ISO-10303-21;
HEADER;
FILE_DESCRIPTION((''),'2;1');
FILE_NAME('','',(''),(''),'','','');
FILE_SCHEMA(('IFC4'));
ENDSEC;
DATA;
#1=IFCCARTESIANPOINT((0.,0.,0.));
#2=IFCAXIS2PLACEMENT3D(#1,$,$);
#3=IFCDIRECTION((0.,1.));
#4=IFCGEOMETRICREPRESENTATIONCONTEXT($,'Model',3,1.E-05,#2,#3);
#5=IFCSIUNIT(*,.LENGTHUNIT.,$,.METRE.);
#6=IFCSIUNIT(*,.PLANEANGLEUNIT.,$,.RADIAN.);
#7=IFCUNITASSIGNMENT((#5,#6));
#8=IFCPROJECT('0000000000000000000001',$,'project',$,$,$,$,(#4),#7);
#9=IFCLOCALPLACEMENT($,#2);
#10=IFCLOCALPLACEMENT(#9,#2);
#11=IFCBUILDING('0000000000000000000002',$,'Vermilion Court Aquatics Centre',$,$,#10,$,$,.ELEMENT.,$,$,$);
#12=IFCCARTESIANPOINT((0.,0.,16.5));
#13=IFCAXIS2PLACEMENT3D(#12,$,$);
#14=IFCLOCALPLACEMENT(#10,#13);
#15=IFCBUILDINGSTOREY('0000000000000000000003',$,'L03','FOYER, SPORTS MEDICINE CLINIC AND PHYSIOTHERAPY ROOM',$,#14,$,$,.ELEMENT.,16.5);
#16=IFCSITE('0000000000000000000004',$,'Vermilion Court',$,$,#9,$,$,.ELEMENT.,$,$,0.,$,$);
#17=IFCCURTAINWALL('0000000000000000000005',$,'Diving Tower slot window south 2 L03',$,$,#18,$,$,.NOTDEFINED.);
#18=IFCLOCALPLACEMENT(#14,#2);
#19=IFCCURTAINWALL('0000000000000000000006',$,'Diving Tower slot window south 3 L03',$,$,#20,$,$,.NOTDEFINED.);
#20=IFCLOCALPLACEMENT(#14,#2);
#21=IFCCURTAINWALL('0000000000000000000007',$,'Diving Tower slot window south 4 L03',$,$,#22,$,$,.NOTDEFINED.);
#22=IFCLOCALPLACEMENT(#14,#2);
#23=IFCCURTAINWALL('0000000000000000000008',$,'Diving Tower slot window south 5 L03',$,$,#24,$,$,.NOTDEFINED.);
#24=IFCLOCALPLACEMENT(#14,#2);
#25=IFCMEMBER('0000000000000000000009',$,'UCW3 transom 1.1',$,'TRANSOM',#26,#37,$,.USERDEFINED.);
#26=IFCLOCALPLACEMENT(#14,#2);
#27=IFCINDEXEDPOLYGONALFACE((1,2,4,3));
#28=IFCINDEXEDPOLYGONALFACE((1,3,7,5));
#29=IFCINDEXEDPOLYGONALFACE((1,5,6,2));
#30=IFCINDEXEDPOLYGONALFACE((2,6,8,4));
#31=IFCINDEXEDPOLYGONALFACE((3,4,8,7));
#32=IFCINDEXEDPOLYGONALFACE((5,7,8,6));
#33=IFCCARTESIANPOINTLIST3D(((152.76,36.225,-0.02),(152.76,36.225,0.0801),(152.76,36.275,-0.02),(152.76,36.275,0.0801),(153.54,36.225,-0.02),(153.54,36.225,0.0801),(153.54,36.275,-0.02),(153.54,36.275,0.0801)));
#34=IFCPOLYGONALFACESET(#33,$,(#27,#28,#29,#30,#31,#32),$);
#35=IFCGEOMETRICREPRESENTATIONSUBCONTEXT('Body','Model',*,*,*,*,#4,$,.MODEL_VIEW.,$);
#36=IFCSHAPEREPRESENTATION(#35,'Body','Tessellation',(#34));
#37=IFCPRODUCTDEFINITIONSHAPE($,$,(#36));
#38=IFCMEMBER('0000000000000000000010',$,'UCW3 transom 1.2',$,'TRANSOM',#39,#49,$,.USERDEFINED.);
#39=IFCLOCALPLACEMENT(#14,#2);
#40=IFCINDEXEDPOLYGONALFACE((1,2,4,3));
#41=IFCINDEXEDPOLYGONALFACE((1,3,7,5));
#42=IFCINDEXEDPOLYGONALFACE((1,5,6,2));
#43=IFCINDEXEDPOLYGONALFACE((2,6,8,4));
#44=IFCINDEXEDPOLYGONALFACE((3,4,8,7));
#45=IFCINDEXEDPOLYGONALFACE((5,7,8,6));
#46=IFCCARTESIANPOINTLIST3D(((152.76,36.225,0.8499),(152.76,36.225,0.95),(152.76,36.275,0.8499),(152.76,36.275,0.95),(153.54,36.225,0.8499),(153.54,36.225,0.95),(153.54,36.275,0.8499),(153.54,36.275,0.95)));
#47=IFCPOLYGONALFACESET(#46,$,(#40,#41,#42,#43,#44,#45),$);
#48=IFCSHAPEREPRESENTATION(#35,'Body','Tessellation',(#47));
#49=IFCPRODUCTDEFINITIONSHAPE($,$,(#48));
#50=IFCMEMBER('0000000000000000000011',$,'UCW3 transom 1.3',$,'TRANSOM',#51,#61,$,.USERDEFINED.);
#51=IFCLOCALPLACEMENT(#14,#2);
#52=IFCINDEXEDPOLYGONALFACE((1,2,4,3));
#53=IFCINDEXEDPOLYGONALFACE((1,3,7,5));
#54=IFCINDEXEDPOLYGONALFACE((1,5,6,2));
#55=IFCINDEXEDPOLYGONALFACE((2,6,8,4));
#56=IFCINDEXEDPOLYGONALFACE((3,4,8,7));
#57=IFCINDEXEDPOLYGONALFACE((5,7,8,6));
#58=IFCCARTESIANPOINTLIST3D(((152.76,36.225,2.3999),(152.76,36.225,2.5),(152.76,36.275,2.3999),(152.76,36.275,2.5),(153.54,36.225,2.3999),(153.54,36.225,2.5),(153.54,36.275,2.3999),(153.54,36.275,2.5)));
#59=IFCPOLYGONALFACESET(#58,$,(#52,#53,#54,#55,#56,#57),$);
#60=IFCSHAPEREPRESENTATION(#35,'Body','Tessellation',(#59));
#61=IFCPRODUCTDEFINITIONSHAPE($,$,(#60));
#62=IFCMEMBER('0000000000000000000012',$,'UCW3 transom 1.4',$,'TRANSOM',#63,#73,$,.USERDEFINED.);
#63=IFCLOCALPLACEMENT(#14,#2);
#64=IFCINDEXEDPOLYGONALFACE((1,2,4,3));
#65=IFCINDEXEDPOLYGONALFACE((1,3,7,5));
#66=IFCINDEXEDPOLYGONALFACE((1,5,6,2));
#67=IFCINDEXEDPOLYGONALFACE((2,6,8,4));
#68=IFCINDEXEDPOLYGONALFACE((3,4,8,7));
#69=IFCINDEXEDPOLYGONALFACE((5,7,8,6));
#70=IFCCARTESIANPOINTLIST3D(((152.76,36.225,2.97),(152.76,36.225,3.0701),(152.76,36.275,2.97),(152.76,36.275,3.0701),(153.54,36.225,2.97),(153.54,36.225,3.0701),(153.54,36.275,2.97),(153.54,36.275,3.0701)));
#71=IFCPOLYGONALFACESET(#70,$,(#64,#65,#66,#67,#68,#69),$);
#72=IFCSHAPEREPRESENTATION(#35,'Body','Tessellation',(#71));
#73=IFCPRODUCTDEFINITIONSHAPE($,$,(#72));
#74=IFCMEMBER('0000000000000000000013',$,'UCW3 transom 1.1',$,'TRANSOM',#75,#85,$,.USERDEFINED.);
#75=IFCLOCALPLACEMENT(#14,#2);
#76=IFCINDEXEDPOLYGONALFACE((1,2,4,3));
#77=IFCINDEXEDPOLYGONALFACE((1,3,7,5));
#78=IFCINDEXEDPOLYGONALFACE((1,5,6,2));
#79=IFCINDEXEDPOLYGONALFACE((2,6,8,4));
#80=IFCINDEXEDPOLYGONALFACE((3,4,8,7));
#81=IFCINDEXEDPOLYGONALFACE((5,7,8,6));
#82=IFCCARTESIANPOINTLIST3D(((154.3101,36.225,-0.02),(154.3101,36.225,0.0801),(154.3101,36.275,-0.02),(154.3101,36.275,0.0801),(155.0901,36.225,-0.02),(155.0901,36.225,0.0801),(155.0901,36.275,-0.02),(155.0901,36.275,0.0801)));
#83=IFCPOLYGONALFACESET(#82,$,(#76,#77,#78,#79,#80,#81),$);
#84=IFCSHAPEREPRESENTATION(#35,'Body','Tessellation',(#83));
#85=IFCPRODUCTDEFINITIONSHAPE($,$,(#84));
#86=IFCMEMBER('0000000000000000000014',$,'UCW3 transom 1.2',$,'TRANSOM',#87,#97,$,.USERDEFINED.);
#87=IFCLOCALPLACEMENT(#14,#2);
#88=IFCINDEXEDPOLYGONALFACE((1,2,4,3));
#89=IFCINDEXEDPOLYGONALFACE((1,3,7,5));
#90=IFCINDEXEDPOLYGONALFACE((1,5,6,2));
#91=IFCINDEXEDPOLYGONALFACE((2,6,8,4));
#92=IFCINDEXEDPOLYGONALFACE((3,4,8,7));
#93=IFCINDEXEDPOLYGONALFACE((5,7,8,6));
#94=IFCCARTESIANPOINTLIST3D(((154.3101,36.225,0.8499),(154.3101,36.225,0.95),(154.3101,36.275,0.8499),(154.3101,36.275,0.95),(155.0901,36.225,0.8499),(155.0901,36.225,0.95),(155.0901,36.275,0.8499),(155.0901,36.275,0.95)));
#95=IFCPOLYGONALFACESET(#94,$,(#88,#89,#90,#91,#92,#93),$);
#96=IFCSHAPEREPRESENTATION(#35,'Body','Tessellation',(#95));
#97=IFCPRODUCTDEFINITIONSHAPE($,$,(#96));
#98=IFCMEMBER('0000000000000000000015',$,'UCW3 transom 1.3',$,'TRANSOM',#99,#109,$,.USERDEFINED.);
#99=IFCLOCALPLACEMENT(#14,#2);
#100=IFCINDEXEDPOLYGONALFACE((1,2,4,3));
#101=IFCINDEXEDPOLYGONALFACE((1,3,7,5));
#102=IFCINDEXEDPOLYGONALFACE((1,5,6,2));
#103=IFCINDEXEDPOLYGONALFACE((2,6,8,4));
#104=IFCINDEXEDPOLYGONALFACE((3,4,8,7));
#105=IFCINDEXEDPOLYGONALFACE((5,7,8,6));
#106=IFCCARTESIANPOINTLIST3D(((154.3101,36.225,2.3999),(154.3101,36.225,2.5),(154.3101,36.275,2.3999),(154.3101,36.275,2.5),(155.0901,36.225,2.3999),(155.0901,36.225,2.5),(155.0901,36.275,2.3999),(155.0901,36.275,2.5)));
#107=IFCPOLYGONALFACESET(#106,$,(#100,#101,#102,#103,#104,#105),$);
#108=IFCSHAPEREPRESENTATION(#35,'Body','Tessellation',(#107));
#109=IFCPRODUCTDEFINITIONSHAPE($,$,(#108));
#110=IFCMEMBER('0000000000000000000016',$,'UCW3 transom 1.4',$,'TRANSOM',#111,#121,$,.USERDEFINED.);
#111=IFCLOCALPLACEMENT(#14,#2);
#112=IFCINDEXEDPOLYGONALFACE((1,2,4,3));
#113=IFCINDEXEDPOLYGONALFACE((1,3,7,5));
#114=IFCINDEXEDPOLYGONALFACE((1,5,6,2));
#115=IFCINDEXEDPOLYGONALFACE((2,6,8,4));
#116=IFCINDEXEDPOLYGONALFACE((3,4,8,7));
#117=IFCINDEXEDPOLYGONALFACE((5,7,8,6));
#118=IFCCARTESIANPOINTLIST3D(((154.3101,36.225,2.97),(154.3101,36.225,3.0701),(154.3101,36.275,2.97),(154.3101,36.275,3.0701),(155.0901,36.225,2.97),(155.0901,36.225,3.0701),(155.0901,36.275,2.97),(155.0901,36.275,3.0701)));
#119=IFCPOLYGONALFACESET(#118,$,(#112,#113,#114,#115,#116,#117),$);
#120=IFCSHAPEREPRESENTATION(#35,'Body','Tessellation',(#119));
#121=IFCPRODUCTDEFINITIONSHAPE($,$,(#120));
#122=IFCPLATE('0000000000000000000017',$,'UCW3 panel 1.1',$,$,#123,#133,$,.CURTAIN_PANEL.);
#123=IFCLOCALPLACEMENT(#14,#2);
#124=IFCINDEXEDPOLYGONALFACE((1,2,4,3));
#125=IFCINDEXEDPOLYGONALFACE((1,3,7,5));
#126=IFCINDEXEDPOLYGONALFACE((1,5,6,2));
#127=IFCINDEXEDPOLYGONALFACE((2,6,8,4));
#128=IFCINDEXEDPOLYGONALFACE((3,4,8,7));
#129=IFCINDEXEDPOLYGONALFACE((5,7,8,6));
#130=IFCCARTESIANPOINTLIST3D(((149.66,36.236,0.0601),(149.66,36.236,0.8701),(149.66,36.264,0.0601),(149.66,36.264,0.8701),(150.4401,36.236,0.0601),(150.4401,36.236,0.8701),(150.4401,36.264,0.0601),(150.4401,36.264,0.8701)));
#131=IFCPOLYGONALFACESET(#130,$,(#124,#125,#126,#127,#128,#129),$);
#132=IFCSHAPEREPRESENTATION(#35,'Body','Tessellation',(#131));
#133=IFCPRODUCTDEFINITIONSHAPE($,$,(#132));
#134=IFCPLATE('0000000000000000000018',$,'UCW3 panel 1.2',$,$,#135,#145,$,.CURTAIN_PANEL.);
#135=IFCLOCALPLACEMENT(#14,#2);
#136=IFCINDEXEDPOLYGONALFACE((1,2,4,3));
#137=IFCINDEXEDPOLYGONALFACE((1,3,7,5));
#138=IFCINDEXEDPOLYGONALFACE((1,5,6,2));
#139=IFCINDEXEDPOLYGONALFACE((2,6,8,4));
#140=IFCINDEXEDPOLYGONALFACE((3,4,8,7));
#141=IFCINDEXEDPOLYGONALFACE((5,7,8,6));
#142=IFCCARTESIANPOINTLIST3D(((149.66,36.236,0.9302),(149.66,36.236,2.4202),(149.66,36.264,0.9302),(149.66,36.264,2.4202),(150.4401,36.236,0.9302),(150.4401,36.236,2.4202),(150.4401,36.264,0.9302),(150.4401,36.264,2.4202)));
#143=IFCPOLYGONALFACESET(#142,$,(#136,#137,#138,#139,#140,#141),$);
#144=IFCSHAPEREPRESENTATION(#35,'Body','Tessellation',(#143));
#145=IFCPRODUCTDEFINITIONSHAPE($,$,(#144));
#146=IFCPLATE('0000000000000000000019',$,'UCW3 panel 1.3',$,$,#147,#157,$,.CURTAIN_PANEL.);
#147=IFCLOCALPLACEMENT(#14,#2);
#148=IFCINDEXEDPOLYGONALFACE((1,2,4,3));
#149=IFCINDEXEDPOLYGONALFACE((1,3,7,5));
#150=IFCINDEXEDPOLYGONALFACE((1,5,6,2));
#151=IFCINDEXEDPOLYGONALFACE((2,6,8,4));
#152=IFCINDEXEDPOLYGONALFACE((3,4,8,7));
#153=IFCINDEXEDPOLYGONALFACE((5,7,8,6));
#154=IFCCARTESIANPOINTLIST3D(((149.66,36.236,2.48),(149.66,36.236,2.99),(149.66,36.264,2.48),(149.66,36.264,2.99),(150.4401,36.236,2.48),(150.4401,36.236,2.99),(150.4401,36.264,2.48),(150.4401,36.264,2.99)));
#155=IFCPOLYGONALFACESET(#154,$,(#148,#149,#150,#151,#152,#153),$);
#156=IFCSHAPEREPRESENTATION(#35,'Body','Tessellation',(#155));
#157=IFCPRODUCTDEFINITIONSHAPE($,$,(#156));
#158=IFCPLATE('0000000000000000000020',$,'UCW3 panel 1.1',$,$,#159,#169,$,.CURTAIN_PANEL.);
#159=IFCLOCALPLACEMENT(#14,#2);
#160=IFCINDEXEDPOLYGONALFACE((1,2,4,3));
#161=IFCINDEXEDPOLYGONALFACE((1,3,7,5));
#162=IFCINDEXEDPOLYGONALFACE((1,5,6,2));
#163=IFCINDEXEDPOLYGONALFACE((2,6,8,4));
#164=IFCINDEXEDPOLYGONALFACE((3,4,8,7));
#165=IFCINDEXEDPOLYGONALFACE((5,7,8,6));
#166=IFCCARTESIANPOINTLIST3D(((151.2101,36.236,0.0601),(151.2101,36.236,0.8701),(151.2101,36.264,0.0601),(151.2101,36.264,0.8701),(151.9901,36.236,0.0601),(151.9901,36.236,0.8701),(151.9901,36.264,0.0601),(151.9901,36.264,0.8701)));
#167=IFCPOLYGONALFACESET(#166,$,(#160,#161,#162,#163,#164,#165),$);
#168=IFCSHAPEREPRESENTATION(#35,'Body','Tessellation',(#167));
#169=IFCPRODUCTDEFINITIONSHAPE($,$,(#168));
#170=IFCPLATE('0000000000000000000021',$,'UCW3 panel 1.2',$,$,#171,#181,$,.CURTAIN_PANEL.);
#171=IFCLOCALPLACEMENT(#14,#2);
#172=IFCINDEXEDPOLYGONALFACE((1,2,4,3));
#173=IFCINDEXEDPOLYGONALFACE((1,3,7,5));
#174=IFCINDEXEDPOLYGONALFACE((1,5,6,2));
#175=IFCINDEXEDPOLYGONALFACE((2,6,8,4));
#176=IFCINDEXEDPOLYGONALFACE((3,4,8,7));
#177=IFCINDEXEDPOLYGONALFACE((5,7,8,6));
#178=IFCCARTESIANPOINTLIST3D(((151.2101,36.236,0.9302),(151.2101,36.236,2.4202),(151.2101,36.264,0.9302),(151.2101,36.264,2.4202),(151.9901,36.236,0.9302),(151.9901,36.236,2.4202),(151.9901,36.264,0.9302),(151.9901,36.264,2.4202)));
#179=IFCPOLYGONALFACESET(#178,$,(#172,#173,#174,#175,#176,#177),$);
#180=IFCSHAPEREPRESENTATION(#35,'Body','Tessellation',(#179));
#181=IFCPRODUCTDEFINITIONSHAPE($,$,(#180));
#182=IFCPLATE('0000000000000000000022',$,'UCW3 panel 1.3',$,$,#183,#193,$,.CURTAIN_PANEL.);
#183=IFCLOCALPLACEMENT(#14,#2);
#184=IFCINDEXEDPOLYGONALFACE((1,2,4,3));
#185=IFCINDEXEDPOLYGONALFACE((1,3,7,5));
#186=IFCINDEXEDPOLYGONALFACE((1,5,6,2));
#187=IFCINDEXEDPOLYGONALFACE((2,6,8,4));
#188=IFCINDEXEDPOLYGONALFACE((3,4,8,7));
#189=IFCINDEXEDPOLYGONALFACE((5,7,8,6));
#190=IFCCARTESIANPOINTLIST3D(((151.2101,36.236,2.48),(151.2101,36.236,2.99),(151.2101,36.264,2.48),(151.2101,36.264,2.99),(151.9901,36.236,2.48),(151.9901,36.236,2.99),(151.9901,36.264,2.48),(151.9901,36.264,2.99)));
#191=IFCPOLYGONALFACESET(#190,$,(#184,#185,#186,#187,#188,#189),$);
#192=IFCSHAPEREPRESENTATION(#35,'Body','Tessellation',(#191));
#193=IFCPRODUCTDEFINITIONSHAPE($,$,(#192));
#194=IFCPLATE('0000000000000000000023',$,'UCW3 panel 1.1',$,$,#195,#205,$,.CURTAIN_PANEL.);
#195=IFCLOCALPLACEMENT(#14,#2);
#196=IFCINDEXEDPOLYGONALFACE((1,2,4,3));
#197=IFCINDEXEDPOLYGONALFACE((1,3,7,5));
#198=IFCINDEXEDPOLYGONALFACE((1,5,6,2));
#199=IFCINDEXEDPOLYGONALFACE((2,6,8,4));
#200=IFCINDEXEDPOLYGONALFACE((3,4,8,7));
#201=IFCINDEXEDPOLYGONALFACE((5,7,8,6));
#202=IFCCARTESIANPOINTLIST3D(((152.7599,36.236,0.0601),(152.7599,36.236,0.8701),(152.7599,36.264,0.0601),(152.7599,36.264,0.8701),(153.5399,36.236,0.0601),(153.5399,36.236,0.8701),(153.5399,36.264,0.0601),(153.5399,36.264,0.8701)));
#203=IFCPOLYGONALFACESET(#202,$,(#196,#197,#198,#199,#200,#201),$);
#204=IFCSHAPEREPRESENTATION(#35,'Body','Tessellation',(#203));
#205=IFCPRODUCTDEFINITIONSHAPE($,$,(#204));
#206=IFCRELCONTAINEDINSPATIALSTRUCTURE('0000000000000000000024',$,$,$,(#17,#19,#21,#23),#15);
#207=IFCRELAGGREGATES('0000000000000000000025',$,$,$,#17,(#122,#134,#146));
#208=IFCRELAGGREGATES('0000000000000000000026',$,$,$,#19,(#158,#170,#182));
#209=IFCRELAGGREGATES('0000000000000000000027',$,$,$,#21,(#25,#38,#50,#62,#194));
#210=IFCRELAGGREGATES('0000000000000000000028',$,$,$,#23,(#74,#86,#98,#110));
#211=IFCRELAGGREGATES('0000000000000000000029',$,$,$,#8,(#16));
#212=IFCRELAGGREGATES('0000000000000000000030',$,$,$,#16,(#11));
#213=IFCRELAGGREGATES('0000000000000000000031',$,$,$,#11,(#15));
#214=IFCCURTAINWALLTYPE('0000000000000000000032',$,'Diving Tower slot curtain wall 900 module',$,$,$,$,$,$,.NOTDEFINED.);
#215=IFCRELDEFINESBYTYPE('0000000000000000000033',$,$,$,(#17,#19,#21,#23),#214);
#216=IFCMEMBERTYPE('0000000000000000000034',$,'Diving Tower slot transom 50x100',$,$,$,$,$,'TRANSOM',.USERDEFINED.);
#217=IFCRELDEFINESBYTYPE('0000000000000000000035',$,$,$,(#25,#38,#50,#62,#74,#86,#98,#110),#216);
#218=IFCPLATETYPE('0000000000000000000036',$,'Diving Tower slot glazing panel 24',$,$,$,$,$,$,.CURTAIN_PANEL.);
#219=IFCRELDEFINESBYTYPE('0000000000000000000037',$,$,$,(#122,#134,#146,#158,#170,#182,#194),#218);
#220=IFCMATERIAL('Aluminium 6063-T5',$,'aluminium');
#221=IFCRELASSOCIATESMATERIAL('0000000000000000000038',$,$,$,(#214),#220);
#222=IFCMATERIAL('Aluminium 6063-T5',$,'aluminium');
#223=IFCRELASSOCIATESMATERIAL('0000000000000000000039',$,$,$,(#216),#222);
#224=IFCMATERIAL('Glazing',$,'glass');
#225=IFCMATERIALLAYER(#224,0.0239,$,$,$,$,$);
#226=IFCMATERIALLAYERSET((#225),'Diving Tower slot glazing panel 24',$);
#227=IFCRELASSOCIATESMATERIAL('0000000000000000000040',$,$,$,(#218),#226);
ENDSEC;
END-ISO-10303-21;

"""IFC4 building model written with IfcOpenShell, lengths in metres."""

from ifc_helpers import new_model, si_unit, direction, frame, origin, origin_2d, place, context, subcontext, project, spatial, rectangle, extrude, material, layer, layer_set, material_profile, profile_set, type_object, element, aggregate, save


model = new_model("IFC4")

# Units and contexts
model_context = context("Model", 3, precision=1e-05, world=origin(), true_north=direction((0.0, 1.0)))
body_context = subcontext(model_context, "Body", "Model", "MODEL_VIEW")
ifc_project = project(units=[si_unit("LENGTHUNIT", "METRE"), si_unit("PLANEANGLEUNIT", "RADIAN")], contexts=[model_context])

# Site, building, storey
site_placement = place(None, origin())
site = spatial("IfcSite", under=ifc_project, at=site_placement, Name="Vermilion Court", CompositionType="ELEMENT", RefElevation=0.0)
building_placement = place(site_placement, origin())
building = spatial("IfcBuilding", under=site, at=building_placement, Name="Vermilion Court Aquatics Centre", CompositionType="ELEMENT")
storey_placement = place(building_placement, frame((0.0, 0.0, 16.5)))
storey = spatial("IfcBuildingStorey", under=building, at=storey_placement, Name="L03", Description="FOYER, SPORTS MEDICINE CLINIC AND PHYSIOTHERAPY ROOM", CompositionType="ELEMENT", Elevation=16.5)

# Curtain walls
ifc_material_1 = material(Name="Aluminium 6063-T5", Category="aluminium")
curtain_wall_type = type_object("IfcCurtainWallType", Name="Diving Tower slot curtain wall 900 module", PredefinedType="NOTDEFINED", material=ifc_material_1)
curtain_wall_1_placement = place(storey_placement, origin())
curtain_wall_1 = element("IfcCurtainWall", 1, at=curtain_wall_1_placement, inside=storey, type_object=curtain_wall_type, Name="Diving Tower slot window south 2 L03", PredefinedType="NOTDEFINED")
curtain_wall_2_placement = place(storey_placement, origin())
curtain_wall_2 = element("IfcCurtainWall", 2, at=curtain_wall_2_placement, inside=storey, type_object=curtain_wall_type, Name="Diving Tower slot window south 3 L03", PredefinedType="NOTDEFINED")
curtain_wall_3_placement = place(storey_placement, origin())
curtain_wall_3 = element("IfcCurtainWall", 3, at=curtain_wall_3_placement, inside=storey, type_object=curtain_wall_type, Name="Diving Tower slot window south 4 L03", PredefinedType="NOTDEFINED")

# Curtain wall
curtain_wall_4_placement = place(storey_placement, origin())
curtain_wall_4 = element("IfcCurtainWall", 4, at=curtain_wall_4_placement, inside=storey, type_object=curtain_wall_type, Name="Diving Tower slot window south 5 L03", PredefinedType="NOTDEFINED")

# Members
ifc_material_2 = material(Name="Aluminium 6063-T5", Category="aluminium")
ifc_material_profile_1 = material_profile(ifc_material_2, rectangle(XDim=0.05, YDim=0.1001, at=origin_2d()), Name="AL 50x100")
ifc_profile_set_1 = profile_set([ifc_material_profile_1], Name="Aluminium 6063-T5")
member_type_1 = type_object("IfcMemberType", Name="Diving Tower slot transom 50x100", ElementType="TRANSOM", PredefinedType="USERDEFINED", material=ifc_profile_set_1)
member_1_placement = place(storey_placement, frame((152.76, 36.25, 0.03), z_axis=(1.0, 0.0, 0.0), x_axis=(0.0, 1.0, 0.0)))
member_1 = element("IfcMember", 5, at=member_1_placement, type_object=member_type_1, Name="UCW3 transom 1.1", ObjectType="TRANSOM", PredefinedType="USERDEFINED", context=body_context, shape_type="SweptSolid", body=[
    extrude(rectangle(XDim=0.05, YDim=0.1001, at=origin_2d()), origin(), (0.0, 0.0, 1.0), 0.78),
])
member_2_placement = place(storey_placement, frame((152.76, 36.25, 0.8999), z_axis=(1.0, 0.0, 0.0), x_axis=(0.0, 1.0, 0.0)))
member_2 = element("IfcMember", 6, at=member_2_placement, type_object=member_type_1, Name="UCW3 transom 1.2", ObjectType="TRANSOM", PredefinedType="USERDEFINED", context=body_context, shape_type="SweptSolid", body=[
    extrude(rectangle(XDim=0.05, YDim=0.1001, at=origin_2d()), origin(), (0.0, 0.0, 1.0), 0.78),
])
member_3_placement = place(storey_placement, frame((152.76, 36.25, 2.45), z_axis=(1.0, 0.0, 0.0), x_axis=(0.0, 1.0, 0.0)))
member_3 = element("IfcMember", 7, at=member_3_placement, type_object=member_type_1, Name="UCW3 transom 1.3", ObjectType="TRANSOM", PredefinedType="USERDEFINED", context=body_context, shape_type="SweptSolid", body=[
    extrude(rectangle(XDim=0.05, YDim=0.1001, at=origin_2d()), origin(), (0.0, 0.0, 1.0), 0.78),
])
member_4_placement = place(storey_placement, frame((152.76, 36.25, 3.02), z_axis=(1.0, 0.0, 0.0), x_axis=(0.0, 1.0, 0.0)))
member_4 = element("IfcMember", 8, at=member_4_placement, type_object=member_type_1, Name="UCW3 transom 1.4", ObjectType="TRANSOM", PredefinedType="USERDEFINED", context=body_context, shape_type="SweptSolid", body=[
    extrude(rectangle(XDim=0.05, YDim=0.1001, at=origin_2d()), origin(), (0.0, 0.0, 1.0), 0.78),
])
member_5_placement = place(storey_placement, frame((154.3101, 36.25, 0.03), z_axis=(1.0, 0.0, 0.0), x_axis=(0.0, 1.0, 0.0)))
member_5 = element("IfcMember", 9, at=member_5_placement, type_object=member_type_1, Name="UCW3 transom 1.1", ObjectType="TRANSOM", PredefinedType="USERDEFINED", context=body_context, shape_type="SweptSolid", body=[
    extrude(rectangle(XDim=0.05, YDim=0.1001, at=origin_2d()), origin(), (0.0, 0.0, 1.0), 0.78),
])
member_6_placement = place(storey_placement, frame((154.3101, 36.25, 0.8999), z_axis=(1.0, 0.0, 0.0), x_axis=(0.0, 1.0, 0.0)))
member_6 = element("IfcMember", 10, at=member_6_placement, type_object=member_type_1, Name="UCW3 transom 1.2", ObjectType="TRANSOM", PredefinedType="USERDEFINED", context=body_context, shape_type="SweptSolid", body=[
    extrude(rectangle(XDim=0.05, YDim=0.1001, at=origin_2d()), origin(), (0.0, 0.0, 1.0), 0.78),
])
member_7_placement = place(storey_placement, frame((154.3101, 36.25, 2.45), z_axis=(1.0, 0.0, 0.0), x_axis=(0.0, 1.0, 0.0)))
member_7 = element("IfcMember", 11, at=member_7_placement, type_object=member_type_1, Name="UCW3 transom 1.3", ObjectType="TRANSOM", PredefinedType="USERDEFINED", context=body_context, shape_type="SweptSolid", body=[
    extrude(rectangle(XDim=0.05, YDim=0.1001, at=origin_2d()), origin(), (0.0, 0.0, 1.0), 0.78),
])
member_8_placement = place(storey_placement, frame((154.3101, 36.25, 3.02), z_axis=(1.0, 0.0, 0.0), x_axis=(0.0, 1.0, 0.0)))
member_8 = element("IfcMember", 12, at=member_8_placement, type_object=member_type_1, Name="UCW3 transom 1.4", ObjectType="TRANSOM", PredefinedType="USERDEFINED", context=body_context, shape_type="SweptSolid", body=[
    extrude(rectangle(XDim=0.05, YDim=0.1001, at=origin_2d()), origin(), (0.0, 0.0, 1.0), 0.78),
])

# Plates
ifc_material_3 = material(Name="Glazing", Category="glass")
ifc_layer = layer(ifc_material_3, 0.0239)
ifc_layer_set = layer_set([ifc_layer], Name="Diving Tower slot glazing panel 24")
plate_type = type_object("IfcPlateType", Name="Diving Tower slot glazing panel 24", PredefinedType="CURTAIN_PANEL", material=ifc_layer_set)
plate_1_placement = place(storey_placement, frame((150.05, 36.25, 0.0601), z_axis=(0.0, 0.0, 1.0), x_axis=(1.0, 0.0, 0.0)))
plate_1 = element("IfcPlate", 13, at=plate_1_placement, type_object=plate_type, Name="UCW3 panel 1.1", PredefinedType="CURTAIN_PANEL", context=body_context, shape_type="SweptSolid", body=[
    extrude(rectangle(XDim=0.78, YDim=0.0281, at=origin_2d()), origin(), (0.0, 0.0, 1.0), 0.8101),
])
plate_2_placement = place(storey_placement, frame((150.05, 36.25, 0.9302), z_axis=(0.0, 0.0, 1.0), x_axis=(1.0, 0.0, 0.0)))
plate_2 = element("IfcPlate", 14, at=plate_2_placement, type_object=plate_type, Name="UCW3 panel 1.2", PredefinedType="CURTAIN_PANEL", context=body_context, shape_type="SweptSolid", body=[
    extrude(rectangle(XDim=0.78, YDim=0.0281, at=origin_2d()), origin(), (0.0, 0.0, 1.0), 1.49),
])
plate_3_placement = place(storey_placement, frame((150.05, 36.25, 2.48), z_axis=(0.0, 0.0, 1.0), x_axis=(1.0, 0.0, 0.0)))
plate_3 = element("IfcPlate", 15, at=plate_3_placement, type_object=plate_type, Name="UCW3 panel 1.3", PredefinedType="CURTAIN_PANEL", context=body_context, shape_type="SweptSolid", body=[
    extrude(rectangle(XDim=0.78, YDim=0.0281, at=origin_2d()), origin(), (0.0, 0.0, 1.0), 0.51),
])
aggregate(curtain_wall_1, [plate_1, plate_2, plate_3])
plate_4_placement = place(storey_placement, frame((151.6001, 36.25, 0.0601), z_axis=(0.0, 0.0, 1.0), x_axis=(1.0, 0.0, 0.0)))
plate_4 = element("IfcPlate", 16, at=plate_4_placement, type_object=plate_type, Name="UCW3 panel 1.1", PredefinedType="CURTAIN_PANEL", context=body_context, shape_type="SweptSolid", body=[
    extrude(rectangle(XDim=0.78, YDim=0.0281, at=origin_2d()), origin(), (0.0, 0.0, 1.0), 0.8101),
])
plate_5_placement = place(storey_placement, frame((151.6001, 36.25, 0.9302), z_axis=(0.0, 0.0, 1.0), x_axis=(1.0, 0.0, 0.0)))
plate_5 = element("IfcPlate", 17, at=plate_5_placement, type_object=plate_type, Name="UCW3 panel 1.2", PredefinedType="CURTAIN_PANEL", context=body_context, shape_type="SweptSolid", body=[
    extrude(rectangle(XDim=0.78, YDim=0.0281, at=origin_2d()), origin(), (0.0, 0.0, 1.0), 1.49),
])
plate_6_placement = place(storey_placement, frame((151.6001, 36.25, 2.48), z_axis=(0.0, 0.0, 1.0), x_axis=(1.0, 0.0, 0.0)))
plate_6 = element("IfcPlate", 18, at=plate_6_placement, type_object=plate_type, Name="UCW3 panel 1.3", PredefinedType="CURTAIN_PANEL", context=body_context, shape_type="SweptSolid", body=[
    extrude(rectangle(XDim=0.78, YDim=0.0281, at=origin_2d()), origin(), (0.0, 0.0, 1.0), 0.51),
])
aggregate(curtain_wall_2, [plate_4, plate_5, plate_6])
plate_7_placement = place(storey_placement, frame((153.1499, 36.25, 0.0601), z_axis=(0.0, 0.0, 1.0), x_axis=(1.0, 0.0, 0.0)))
plate_7 = element("IfcPlate", 19, at=plate_7_placement, type_object=plate_type, Name="UCW3 panel 1.1", PredefinedType="CURTAIN_PANEL", context=body_context, shape_type="SweptSolid", body=[
    extrude(rectangle(XDim=0.78, YDim=0.0281, at=origin_2d()), origin(), (0.0, 0.0, 1.0), 0.8101),
])
aggregate(curtain_wall_3, [member_1, member_2, member_3, member_4, plate_7])
aggregate(curtain_wall_4, [member_5, member_6, member_7, member_8])

save(model, "model.ifc")
